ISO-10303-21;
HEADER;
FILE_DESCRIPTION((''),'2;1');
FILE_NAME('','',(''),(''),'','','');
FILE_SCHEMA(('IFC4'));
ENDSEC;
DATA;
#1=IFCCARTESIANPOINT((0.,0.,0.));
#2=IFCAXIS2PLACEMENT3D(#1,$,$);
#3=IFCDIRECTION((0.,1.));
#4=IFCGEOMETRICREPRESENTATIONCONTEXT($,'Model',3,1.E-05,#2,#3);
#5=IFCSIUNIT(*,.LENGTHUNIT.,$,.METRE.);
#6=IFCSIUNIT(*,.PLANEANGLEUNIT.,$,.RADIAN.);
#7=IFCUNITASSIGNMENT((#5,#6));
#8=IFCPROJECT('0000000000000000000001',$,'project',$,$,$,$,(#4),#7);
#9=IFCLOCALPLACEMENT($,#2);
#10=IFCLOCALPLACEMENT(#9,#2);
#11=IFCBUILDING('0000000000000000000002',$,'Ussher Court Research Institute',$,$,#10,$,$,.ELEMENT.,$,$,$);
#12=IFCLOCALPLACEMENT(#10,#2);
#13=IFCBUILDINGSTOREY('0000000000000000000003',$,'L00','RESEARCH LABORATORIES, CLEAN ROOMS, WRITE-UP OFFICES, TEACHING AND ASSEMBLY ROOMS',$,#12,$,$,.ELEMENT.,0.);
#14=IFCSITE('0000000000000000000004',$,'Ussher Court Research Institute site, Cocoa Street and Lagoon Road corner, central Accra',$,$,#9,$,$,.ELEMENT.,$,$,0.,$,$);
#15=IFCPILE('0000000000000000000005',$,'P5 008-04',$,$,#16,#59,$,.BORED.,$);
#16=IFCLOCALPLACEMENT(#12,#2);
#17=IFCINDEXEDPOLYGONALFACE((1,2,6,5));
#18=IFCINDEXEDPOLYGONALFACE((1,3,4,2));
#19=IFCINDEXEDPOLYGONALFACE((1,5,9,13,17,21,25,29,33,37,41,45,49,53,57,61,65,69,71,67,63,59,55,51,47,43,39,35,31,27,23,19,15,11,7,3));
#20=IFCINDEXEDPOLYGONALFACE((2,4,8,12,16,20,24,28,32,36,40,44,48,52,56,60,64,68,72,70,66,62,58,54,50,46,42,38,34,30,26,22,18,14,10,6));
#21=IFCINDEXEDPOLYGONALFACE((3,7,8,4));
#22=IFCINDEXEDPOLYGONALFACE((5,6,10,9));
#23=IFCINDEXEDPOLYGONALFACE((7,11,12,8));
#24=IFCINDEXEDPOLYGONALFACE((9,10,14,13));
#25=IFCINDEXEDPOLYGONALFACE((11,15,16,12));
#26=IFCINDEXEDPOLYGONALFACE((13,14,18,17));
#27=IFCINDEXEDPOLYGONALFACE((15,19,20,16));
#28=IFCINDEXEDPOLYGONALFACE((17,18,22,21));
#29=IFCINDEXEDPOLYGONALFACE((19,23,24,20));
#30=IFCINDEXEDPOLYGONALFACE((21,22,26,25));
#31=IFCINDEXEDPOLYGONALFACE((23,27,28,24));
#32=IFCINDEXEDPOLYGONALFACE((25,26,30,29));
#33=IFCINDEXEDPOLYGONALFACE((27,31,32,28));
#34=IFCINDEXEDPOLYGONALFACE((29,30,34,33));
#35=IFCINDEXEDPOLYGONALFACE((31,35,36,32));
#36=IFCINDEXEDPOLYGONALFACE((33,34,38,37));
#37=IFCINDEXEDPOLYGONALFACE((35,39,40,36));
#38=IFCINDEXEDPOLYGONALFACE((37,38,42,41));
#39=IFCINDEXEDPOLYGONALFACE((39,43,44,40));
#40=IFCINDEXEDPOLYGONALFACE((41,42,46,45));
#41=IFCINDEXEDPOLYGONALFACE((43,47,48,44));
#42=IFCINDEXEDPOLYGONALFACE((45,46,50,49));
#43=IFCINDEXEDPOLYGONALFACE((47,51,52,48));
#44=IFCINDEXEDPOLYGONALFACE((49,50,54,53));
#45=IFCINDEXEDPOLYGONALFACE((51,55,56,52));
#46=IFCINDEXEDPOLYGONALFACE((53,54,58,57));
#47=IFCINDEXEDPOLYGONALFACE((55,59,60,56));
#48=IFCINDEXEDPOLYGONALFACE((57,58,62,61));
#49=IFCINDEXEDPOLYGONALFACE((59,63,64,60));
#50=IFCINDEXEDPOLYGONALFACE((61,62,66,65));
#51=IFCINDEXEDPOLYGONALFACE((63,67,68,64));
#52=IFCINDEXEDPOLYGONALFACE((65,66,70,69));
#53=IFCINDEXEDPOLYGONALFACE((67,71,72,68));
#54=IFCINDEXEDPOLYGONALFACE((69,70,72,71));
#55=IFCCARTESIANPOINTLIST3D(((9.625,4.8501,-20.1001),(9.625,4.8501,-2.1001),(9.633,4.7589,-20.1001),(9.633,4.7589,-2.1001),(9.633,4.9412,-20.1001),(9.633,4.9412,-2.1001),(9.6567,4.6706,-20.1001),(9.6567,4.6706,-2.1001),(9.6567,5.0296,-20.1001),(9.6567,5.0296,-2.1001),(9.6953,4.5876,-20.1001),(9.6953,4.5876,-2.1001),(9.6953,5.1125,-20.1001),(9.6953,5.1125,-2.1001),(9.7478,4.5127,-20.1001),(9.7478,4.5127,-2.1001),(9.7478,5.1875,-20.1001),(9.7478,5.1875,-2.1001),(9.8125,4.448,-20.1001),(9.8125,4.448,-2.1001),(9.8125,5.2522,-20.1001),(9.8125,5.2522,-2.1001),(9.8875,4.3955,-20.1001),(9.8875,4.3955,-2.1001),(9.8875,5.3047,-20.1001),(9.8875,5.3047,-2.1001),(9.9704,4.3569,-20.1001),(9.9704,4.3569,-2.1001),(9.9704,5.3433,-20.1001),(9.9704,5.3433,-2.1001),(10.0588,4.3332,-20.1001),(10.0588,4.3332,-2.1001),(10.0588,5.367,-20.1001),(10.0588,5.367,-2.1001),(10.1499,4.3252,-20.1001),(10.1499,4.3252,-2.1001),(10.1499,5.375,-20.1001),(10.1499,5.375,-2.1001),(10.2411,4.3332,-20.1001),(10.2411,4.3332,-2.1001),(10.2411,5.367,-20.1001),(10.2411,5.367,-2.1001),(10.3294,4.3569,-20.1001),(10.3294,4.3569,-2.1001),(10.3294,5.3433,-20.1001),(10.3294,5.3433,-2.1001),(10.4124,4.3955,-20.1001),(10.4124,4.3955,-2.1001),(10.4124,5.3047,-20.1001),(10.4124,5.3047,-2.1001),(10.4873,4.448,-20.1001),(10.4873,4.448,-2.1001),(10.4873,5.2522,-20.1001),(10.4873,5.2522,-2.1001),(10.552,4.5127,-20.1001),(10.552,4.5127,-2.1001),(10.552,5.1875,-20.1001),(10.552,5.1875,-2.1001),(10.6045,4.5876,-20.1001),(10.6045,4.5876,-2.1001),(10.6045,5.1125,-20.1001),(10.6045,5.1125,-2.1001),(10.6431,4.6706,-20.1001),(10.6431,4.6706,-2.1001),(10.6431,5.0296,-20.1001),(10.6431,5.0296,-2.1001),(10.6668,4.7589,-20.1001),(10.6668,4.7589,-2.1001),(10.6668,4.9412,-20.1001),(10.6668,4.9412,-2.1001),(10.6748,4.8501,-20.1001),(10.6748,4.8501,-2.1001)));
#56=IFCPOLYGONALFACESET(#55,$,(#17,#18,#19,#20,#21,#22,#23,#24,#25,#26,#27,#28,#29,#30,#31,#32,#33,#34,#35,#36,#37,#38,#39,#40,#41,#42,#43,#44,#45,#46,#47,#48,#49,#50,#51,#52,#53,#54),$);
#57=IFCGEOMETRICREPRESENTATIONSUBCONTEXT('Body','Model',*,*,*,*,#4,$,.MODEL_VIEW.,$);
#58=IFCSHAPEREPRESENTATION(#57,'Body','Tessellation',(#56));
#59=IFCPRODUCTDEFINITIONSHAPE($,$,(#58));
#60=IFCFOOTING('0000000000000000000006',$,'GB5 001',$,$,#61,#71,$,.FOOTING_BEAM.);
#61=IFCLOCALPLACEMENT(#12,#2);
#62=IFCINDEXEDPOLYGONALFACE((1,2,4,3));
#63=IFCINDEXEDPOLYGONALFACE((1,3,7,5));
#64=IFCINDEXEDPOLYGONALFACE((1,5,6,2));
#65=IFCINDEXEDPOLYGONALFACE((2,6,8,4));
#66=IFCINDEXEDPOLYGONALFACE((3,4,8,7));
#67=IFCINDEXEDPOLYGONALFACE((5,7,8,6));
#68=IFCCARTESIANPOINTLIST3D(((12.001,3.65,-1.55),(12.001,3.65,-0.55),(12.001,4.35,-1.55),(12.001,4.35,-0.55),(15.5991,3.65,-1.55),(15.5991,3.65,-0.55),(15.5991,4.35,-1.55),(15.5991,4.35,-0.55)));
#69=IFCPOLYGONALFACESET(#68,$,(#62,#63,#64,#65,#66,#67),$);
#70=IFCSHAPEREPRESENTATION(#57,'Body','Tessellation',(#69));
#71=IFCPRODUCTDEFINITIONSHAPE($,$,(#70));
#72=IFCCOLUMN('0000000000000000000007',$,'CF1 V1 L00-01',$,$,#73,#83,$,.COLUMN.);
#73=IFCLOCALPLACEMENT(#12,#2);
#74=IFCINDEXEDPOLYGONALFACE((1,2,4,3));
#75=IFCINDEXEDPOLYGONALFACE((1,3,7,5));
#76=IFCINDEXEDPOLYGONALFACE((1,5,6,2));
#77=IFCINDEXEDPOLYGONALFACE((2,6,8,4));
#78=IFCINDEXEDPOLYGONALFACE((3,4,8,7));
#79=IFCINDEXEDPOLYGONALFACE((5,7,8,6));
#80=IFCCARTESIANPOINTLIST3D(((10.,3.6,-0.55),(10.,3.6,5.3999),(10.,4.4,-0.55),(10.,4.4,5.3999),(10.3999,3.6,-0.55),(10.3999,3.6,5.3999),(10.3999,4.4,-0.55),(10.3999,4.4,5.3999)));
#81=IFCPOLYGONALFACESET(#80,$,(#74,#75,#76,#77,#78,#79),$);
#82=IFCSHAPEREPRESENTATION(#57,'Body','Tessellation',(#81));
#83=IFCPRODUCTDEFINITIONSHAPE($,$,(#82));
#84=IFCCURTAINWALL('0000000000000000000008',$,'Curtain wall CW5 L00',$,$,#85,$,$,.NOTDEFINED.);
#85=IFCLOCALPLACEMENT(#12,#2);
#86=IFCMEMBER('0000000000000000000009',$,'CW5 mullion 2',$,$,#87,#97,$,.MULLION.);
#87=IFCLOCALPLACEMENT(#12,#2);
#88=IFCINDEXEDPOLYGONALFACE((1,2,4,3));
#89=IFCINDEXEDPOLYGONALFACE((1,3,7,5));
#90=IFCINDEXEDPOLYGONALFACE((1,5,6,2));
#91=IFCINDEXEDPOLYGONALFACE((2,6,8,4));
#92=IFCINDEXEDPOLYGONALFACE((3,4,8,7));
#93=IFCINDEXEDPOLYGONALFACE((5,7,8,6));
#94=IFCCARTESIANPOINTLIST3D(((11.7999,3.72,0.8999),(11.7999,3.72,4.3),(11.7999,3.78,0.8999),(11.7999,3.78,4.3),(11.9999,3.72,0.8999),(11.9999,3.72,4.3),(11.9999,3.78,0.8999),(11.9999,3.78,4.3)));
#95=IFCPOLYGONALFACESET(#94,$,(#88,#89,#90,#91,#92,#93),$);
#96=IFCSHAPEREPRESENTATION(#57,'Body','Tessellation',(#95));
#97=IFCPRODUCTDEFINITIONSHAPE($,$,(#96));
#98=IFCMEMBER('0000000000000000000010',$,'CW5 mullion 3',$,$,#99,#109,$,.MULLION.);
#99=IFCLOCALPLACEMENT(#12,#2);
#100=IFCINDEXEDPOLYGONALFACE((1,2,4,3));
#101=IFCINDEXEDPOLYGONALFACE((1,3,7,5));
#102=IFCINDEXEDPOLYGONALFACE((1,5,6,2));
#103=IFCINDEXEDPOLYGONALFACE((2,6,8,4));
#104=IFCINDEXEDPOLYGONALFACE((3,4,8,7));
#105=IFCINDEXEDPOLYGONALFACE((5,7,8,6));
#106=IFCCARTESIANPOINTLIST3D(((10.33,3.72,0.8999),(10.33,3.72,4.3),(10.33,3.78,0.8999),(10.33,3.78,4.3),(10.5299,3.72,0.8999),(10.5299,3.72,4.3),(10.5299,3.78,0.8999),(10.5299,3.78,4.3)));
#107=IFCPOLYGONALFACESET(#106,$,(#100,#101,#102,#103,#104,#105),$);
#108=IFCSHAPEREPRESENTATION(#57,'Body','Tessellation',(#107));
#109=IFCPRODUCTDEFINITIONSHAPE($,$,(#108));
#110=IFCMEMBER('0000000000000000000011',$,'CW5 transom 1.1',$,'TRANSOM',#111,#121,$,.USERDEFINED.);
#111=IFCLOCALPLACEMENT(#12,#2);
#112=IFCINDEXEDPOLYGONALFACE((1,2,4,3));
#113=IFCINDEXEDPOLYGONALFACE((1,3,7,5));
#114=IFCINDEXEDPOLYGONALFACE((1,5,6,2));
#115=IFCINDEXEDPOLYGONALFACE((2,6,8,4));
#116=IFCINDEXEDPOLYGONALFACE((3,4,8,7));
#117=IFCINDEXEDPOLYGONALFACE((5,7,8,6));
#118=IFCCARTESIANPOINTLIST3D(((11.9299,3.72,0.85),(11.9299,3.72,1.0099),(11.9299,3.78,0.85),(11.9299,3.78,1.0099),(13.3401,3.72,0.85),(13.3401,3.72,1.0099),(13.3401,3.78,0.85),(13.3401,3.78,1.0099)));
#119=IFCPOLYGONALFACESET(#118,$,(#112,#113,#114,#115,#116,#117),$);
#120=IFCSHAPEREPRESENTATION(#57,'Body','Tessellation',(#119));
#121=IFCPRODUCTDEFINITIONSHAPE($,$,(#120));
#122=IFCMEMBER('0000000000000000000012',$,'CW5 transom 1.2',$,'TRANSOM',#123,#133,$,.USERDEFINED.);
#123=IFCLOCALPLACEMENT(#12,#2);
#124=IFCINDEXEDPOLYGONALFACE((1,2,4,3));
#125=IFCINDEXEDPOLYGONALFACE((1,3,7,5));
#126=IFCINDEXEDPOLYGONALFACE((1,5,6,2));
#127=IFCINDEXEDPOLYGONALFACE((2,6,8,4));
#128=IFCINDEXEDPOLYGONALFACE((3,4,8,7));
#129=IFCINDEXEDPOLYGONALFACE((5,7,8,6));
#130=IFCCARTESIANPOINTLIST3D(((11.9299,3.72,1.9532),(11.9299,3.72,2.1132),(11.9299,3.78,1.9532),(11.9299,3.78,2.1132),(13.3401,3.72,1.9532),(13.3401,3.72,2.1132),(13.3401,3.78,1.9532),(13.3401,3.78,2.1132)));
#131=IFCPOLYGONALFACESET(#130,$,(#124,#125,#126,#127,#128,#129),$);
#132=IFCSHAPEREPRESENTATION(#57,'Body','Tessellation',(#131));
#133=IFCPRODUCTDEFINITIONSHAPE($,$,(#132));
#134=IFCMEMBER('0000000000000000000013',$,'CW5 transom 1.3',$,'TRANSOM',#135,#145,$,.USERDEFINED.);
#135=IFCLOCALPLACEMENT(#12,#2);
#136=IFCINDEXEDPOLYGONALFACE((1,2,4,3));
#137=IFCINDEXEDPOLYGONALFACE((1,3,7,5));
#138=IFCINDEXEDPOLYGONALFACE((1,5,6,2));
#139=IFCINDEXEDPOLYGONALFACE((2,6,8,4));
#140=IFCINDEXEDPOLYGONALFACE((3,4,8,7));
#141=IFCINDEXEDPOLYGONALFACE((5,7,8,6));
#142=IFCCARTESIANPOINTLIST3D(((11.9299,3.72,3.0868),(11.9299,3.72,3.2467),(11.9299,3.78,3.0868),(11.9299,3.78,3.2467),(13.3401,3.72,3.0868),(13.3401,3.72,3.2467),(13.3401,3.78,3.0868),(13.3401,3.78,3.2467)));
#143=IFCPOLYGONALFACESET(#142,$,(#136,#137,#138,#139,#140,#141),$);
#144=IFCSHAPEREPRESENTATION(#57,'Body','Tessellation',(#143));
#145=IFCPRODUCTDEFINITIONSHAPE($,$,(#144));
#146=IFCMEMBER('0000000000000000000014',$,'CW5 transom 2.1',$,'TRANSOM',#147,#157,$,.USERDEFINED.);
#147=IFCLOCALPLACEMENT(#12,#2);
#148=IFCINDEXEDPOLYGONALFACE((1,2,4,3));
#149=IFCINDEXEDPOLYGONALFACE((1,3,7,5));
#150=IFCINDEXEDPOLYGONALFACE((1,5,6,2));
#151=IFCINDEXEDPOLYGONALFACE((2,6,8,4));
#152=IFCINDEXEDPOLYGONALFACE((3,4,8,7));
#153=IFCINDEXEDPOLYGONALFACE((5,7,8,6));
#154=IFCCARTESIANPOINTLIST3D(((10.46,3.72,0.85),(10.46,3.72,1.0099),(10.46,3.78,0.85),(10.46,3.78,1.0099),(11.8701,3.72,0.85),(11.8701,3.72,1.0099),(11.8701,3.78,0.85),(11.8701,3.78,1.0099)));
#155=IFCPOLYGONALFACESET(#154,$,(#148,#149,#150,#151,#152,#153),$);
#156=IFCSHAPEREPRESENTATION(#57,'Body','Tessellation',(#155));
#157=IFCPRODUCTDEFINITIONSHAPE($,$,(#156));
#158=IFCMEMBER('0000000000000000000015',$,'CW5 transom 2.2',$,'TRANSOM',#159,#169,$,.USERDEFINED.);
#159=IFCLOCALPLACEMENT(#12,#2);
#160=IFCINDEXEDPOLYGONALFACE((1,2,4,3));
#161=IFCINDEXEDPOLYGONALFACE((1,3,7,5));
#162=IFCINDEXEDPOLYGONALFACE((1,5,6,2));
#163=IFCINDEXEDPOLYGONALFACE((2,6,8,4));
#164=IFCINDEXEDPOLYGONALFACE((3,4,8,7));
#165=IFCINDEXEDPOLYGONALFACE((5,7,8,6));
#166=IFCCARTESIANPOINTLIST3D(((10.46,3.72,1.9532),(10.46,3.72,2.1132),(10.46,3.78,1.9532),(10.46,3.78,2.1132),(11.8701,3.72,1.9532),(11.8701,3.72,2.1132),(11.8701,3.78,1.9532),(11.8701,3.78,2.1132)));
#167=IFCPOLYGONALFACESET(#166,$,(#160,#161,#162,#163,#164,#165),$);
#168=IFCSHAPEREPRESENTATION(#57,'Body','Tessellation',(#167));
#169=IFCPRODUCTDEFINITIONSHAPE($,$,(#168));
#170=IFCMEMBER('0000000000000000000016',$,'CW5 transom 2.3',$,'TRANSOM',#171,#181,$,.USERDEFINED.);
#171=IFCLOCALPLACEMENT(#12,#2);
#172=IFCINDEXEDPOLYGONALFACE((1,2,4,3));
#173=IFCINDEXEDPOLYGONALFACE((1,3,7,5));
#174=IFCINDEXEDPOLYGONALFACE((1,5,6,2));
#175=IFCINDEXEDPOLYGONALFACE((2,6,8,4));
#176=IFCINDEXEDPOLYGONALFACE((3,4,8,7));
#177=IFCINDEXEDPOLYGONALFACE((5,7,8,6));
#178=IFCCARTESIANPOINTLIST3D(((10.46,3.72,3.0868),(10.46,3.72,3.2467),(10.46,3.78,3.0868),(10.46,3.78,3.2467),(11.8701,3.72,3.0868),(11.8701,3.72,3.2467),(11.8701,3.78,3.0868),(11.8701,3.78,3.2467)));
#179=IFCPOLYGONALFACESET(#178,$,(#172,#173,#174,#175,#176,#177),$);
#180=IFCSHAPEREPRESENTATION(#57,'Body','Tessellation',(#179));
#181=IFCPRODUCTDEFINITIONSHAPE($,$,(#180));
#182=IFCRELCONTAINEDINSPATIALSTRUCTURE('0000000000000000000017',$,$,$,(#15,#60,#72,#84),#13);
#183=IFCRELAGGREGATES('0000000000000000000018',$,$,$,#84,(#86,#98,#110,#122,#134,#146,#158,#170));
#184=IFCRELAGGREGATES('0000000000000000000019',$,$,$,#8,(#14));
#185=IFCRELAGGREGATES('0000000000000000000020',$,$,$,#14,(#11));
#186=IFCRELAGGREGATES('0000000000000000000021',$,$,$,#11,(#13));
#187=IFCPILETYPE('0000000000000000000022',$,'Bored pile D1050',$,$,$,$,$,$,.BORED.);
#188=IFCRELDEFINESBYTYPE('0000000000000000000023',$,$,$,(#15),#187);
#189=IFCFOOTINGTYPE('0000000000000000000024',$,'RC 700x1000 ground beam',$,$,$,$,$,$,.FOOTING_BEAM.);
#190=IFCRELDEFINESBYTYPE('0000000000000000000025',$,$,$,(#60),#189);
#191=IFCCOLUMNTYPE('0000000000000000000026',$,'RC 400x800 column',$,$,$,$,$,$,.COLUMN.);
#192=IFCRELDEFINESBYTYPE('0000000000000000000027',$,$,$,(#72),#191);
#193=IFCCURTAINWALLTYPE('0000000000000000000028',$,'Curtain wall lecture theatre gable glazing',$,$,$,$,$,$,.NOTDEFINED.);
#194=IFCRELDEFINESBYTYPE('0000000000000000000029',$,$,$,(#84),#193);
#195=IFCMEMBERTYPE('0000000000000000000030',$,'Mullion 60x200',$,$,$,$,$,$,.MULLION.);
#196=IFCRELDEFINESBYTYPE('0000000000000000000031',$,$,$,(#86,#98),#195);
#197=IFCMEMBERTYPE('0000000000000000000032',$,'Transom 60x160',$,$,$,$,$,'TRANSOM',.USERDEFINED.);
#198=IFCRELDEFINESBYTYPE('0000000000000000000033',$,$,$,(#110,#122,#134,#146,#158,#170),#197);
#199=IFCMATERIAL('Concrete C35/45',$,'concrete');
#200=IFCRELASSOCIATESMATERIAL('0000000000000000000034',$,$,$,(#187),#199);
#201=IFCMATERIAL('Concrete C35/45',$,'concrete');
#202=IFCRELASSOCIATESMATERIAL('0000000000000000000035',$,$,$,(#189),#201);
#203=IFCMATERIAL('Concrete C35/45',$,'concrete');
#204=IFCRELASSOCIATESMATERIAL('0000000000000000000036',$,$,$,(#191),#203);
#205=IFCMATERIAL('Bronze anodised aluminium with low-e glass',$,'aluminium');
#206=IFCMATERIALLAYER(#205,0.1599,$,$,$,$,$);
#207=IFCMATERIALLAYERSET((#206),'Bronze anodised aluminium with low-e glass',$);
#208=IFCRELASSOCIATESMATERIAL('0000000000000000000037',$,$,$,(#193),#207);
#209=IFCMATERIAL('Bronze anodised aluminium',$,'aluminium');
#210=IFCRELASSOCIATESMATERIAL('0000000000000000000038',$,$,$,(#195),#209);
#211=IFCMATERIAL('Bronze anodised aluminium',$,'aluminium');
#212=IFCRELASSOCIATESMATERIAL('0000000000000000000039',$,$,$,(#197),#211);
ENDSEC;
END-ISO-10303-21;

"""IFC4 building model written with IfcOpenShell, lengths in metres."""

from ifc_helpers import new_model, si_unit, direction, frame, origin, origin_2d, place, context, subcontext, project, spatial, rectangle, circle, extrude, material, layer, layer_set, material_profile, profile_set, type_object, element, aggregate, save


model = new_model("IFC4")

# Units and contexts
model_context = context("Model", 3, precision=1e-05, world=origin(), true_north=direction((0.0, 1.0)))
body_context = subcontext(model_context, "Body", "Model", "MODEL_VIEW")
ifc_project = project(units=[si_unit("LENGTHUNIT", "METRE"), si_unit("PLANEANGLEUNIT", "RADIAN")], contexts=[model_context])

# Site, building, storey
site_placement = place(None, origin())
site = spatial("IfcSite", under=ifc_project, at=site_placement, Name="Ussher Court Research Institute site, Cocoa Street and Lagoon Road corner, central Accra", CompositionType="ELEMENT", RefElevation=0.0)
building_placement = place(site_placement, origin())
building = spatial("IfcBuilding", under=site, at=building_placement, Name="Ussher Court Research Institute", CompositionType="ELEMENT")
storey_placement = place(building_placement, origin())
storey = spatial("IfcBuildingStorey", under=building, at=storey_placement, Name="L00", Description="RESEARCH LABORATORIES, CLEAN ROOMS, WRITE-UP OFFICES, TEACHING AND ASSEMBLY ROOMS", CompositionType="ELEMENT", Elevation=0.0)

# Pile
ifc_material_1 = material(Name="Concrete C35/45", Category="concrete")
ifc_material_profile_1 = material_profile(ifc_material_1, circle(Radius=0.5249, at=origin_2d()), Name="RC D1050")
ifc_profile_set_1 = profile_set([ifc_material_profile_1], Name="Concrete C35/45")
pile_type = type_object("IfcPileType", Name="Bored pile D1050", PredefinedType="BORED", material=ifc_profile_set_1)
pile_placement = place(storey_placement, frame((10.1499, 4.8501, -2.1001), z_axis=(0.0, 0.0, -1.0), x_axis=(1.0, 0.0, 0.0)))
element("IfcPile", 1, at=pile_placement, inside=storey, type_object=pile_type, Name="P5 008-04", PredefinedType="BORED", context=body_context, shape_type="SweptSolid", body=[
    extrude(circle(Radius=0.5249, at=origin_2d()), origin(), (0.0, 0.0, 1.0), 18.0),
])

# Footing
ifc_material_2 = material(Name="Concrete C35/45", Category="concrete")
ifc_material_profile_2 = material_profile(ifc_material_2, rectangle(XDim=0.7, YDim=1.0, at=origin_2d()), Name="RC 700x1000")
ifc_profile_set_2 = profile_set([ifc_material_profile_2], Name="Concrete C35/45")
footing_type = type_object("IfcFootingType", Name="RC 700x1000 ground beam", PredefinedType="FOOTING_BEAM", material=ifc_profile_set_2)
footing_placement = place(storey_placement, frame((12.001, 4.0, -1.05), z_axis=(1.0, 0.0, 0.0), x_axis=(0.0, 1.0, 0.0)))
element("IfcFooting", 2, at=footing_placement, inside=storey, type_object=footing_type, Name="GB5 001", PredefinedType="FOOTING_BEAM", context=body_context, shape_type="SweptSolid", body=[
    extrude(rectangle(XDim=0.7, YDim=1.0, at=origin_2d()), origin(), (0.0, 0.0, 1.0), 3.5981),
])

# Column
ifc_material_3 = material(Name="Concrete C35/45", Category="concrete")
ifc_material_profile_3 = material_profile(ifc_material_3, rectangle(XDim=0.3999, YDim=0.8, at=origin_2d()), Name="RC 400x800")
ifc_profile_set_3 = profile_set([ifc_material_profile_3], Name="Concrete C35/45")
column_type = type_object("IfcColumnType", Name="RC 400x800 column", PredefinedType="COLUMN", material=ifc_profile_set_3)
column_placement = place(storey_placement, frame((10.2, 4.0, -0.55), z_axis=(0.0, 0.0, 1.0), x_axis=(1.0, 0.0, 0.0)))
element("IfcColumn", 3, at=column_placement, inside=storey, type_object=column_type, Name="CF1 V1 L00-01", PredefinedType="COLUMN", context=body_context, shape_type="SweptSolid", body=[
    extrude(rectangle(XDim=0.3999, YDim=0.8, at=origin_2d()), origin(), (0.0, 0.0, 1.0), 5.95),
])

# Curtain wall, members
ifc_material_4 = material(Name="Bronze anodised aluminium with low-e glass", Category="aluminium")
ifc_layer_1 = layer(ifc_material_4, 0.1599)
ifc_layer_set_1 = layer_set([ifc_layer_1], Name="Bronze anodised aluminium with low-e glass")
curtain_wall_type = type_object("IfcCurtainWallType", Name="Curtain wall lecture theatre gable glazing", PredefinedType="NOTDEFINED", material=ifc_layer_set_1)
curtain_wall_placement = place(storey_placement, origin())
curtain_wall = element("IfcCurtainWall", 4, at=curtain_wall_placement, inside=storey, type_object=curtain_wall_type, Name="Curtain wall CW5 L00", PredefinedType="NOTDEFINED")
ifc_material_5 = material(Name="Bronze anodised aluminium", Category="aluminium")
ifc_material_profile_4 = material_profile(ifc_material_5, rectangle(XDim=0.0601, YDim=0.2, at=origin_2d()), Name="Mullion 60x200")
ifc_profile_set_4 = profile_set([ifc_material_profile_4], Name="Bronze anodised aluminium")
member_type_1 = type_object("IfcMemberType", Name="Mullion 60x200", PredefinedType="MULLION", material=ifc_profile_set_4)
member_1_placement = place(storey_placement, frame((11.8999, 3.75, 0.8999), z_axis=(0.0, 0.0, 1.0), x_axis=(0.0, -1.0, 0.0)))
member_1 = element("IfcMember", 5, at=member_1_placement, type_object=member_type_1, Name="CW5 mullion 2", PredefinedType="MULLION", context=body_context, shape_type="SweptSolid", body=[
    extrude(rectangle(XDim=0.0601, YDim=0.2, at=origin_2d()), origin(), (0.0, 0.0, 1.0), 3.4001),
])
member_2_placement = place(storey_placement, frame((10.4299, 3.75, 0.8999), z_axis=(0.0, 0.0, 1.0), x_axis=(0.0, -1.0, 0.0)))
member_2 = element("IfcMember", 6, at=member_2_placement, type_object=member_type_1, Name="CW5 mullion 3", PredefinedType="MULLION", context=body_context, shape_type="SweptSolid", body=[
    extrude(rectangle(XDim=0.0601, YDim=0.2, at=origin_2d()), origin(), (0.0, 0.0, 1.0), 3.4001),
])
ifc_material_6 = material(Name="Bronze anodised aluminium", Category="aluminium")
ifc_material_profile_5 = material_profile(ifc_material_6, rectangle(XDim=0.0601, YDim=0.1599, at=origin_2d()), Name="Transom 60x160")
ifc_profile_set_5 = profile_set([ifc_material_profile_5], Name="Bronze anodised aluminium")
member_type_2 = type_object("IfcMemberType", Name="Transom 60x160", ElementType="TRANSOM", PredefinedType="USERDEFINED", material=ifc_profile_set_5)
member_3_placement = place(storey_placement, frame((13.3401, 3.75, 0.9299), z_axis=(-1.0, 0.0, 0.0), x_axis=(0.0, -1.0, 0.0)))
member_3 = element("IfcMember", 7, at=member_3_placement, type_object=member_type_2, Name="CW5 transom 1.1", ObjectType="TRANSOM", PredefinedType="USERDEFINED", context=body_context, shape_type="SweptSolid", body=[
    extrude(rectangle(XDim=0.0601, YDim=0.1599, at=origin_2d()), origin(), (0.0, 0.0, 1.0), 1.4102),
])
member_4_placement = place(storey_placement, frame((13.3401, 3.75, 2.0332), z_axis=(-1.0, 0.0, 0.0), x_axis=(0.0, -1.0, 0.0)))
member_4 = element("IfcMember", 8, at=member_4_placement, type_object=member_type_2, Name="CW5 transom 1.2", ObjectType="TRANSOM", PredefinedType="USERDEFINED", context=body_context, shape_type="SweptSolid", body=[
    extrude(rectangle(XDim=0.0601, YDim=0.1599, at=origin_2d()), origin(), (0.0, 0.0, 1.0), 1.4102),
])
member_5_placement = place(storey_placement, frame((13.3401, 3.75, 3.1667), z_axis=(-1.0, 0.0, 0.0), x_axis=(0.0, -1.0, 0.0)))
member_5 = element("IfcMember", 9, at=member_5_placement, type_object=member_type_2, Name="CW5 transom 1.3", ObjectType="TRANSOM", PredefinedType="USERDEFINED", context=body_context, shape_type="SweptSolid", body=[
    extrude(rectangle(XDim=0.0601, YDim=0.1599, at=origin_2d()), origin(), (0.0, 0.0, 1.0), 1.4102),
])
member_6_placement = place(storey_placement, frame((11.8701, 3.75, 0.9299), z_axis=(-1.0, 0.0, 0.0), x_axis=(0.0, -1.0, 0.0)))
member_6 = element("IfcMember", 10, at=member_6_placement, type_object=member_type_2, Name="CW5 transom 2.1", ObjectType="TRANSOM", PredefinedType="USERDEFINED", context=body_context, shape_type="SweptSolid", body=[
    extrude(rectangle(XDim=0.0601, YDim=0.1599, at=origin_2d()), origin(), (0.0, 0.0, 1.0), 1.4102),
])
member_7_placement = place(storey_placement, frame((11.8701, 3.75, 2.0332), z_axis=(-1.0, 0.0, 0.0), x_axis=(0.0, -1.0, 0.0)))
member_7 = element("IfcMember", 11, at=member_7_placement, type_object=member_type_2, Name="CW5 transom 2.2", ObjectType="TRANSOM", PredefinedType="USERDEFINED", context=body_context, shape_type="SweptSolid", body=[
    extrude(rectangle(XDim=0.0601, YDim=0.1599, at=origin_2d()), origin(), (0.0, 0.0, 1.0), 1.4102),
])
member_8_placement = place(storey_placement, frame((11.8701, 3.75, 3.1667), z_axis=(-1.0, 0.0, 0.0), x_axis=(0.0, -1.0, 0.0)))
member_8 = element("IfcMember", 12, at=member_8_placement, type_object=member_type_2, Name="CW5 transom 2.3", ObjectType="TRANSOM", PredefinedType="USERDEFINED", context=body_context, shape_type="SweptSolid", body=[
    extrude(rectangle(XDim=0.0601, YDim=0.1599, at=origin_2d()), origin(), (0.0, 0.0, 1.0), 1.4102),
])
aggregate(curtain_wall, [member_1, member_2, member_3, member_4, member_5, member_6, member_7, member_8])

save(model, "model.ifc")
